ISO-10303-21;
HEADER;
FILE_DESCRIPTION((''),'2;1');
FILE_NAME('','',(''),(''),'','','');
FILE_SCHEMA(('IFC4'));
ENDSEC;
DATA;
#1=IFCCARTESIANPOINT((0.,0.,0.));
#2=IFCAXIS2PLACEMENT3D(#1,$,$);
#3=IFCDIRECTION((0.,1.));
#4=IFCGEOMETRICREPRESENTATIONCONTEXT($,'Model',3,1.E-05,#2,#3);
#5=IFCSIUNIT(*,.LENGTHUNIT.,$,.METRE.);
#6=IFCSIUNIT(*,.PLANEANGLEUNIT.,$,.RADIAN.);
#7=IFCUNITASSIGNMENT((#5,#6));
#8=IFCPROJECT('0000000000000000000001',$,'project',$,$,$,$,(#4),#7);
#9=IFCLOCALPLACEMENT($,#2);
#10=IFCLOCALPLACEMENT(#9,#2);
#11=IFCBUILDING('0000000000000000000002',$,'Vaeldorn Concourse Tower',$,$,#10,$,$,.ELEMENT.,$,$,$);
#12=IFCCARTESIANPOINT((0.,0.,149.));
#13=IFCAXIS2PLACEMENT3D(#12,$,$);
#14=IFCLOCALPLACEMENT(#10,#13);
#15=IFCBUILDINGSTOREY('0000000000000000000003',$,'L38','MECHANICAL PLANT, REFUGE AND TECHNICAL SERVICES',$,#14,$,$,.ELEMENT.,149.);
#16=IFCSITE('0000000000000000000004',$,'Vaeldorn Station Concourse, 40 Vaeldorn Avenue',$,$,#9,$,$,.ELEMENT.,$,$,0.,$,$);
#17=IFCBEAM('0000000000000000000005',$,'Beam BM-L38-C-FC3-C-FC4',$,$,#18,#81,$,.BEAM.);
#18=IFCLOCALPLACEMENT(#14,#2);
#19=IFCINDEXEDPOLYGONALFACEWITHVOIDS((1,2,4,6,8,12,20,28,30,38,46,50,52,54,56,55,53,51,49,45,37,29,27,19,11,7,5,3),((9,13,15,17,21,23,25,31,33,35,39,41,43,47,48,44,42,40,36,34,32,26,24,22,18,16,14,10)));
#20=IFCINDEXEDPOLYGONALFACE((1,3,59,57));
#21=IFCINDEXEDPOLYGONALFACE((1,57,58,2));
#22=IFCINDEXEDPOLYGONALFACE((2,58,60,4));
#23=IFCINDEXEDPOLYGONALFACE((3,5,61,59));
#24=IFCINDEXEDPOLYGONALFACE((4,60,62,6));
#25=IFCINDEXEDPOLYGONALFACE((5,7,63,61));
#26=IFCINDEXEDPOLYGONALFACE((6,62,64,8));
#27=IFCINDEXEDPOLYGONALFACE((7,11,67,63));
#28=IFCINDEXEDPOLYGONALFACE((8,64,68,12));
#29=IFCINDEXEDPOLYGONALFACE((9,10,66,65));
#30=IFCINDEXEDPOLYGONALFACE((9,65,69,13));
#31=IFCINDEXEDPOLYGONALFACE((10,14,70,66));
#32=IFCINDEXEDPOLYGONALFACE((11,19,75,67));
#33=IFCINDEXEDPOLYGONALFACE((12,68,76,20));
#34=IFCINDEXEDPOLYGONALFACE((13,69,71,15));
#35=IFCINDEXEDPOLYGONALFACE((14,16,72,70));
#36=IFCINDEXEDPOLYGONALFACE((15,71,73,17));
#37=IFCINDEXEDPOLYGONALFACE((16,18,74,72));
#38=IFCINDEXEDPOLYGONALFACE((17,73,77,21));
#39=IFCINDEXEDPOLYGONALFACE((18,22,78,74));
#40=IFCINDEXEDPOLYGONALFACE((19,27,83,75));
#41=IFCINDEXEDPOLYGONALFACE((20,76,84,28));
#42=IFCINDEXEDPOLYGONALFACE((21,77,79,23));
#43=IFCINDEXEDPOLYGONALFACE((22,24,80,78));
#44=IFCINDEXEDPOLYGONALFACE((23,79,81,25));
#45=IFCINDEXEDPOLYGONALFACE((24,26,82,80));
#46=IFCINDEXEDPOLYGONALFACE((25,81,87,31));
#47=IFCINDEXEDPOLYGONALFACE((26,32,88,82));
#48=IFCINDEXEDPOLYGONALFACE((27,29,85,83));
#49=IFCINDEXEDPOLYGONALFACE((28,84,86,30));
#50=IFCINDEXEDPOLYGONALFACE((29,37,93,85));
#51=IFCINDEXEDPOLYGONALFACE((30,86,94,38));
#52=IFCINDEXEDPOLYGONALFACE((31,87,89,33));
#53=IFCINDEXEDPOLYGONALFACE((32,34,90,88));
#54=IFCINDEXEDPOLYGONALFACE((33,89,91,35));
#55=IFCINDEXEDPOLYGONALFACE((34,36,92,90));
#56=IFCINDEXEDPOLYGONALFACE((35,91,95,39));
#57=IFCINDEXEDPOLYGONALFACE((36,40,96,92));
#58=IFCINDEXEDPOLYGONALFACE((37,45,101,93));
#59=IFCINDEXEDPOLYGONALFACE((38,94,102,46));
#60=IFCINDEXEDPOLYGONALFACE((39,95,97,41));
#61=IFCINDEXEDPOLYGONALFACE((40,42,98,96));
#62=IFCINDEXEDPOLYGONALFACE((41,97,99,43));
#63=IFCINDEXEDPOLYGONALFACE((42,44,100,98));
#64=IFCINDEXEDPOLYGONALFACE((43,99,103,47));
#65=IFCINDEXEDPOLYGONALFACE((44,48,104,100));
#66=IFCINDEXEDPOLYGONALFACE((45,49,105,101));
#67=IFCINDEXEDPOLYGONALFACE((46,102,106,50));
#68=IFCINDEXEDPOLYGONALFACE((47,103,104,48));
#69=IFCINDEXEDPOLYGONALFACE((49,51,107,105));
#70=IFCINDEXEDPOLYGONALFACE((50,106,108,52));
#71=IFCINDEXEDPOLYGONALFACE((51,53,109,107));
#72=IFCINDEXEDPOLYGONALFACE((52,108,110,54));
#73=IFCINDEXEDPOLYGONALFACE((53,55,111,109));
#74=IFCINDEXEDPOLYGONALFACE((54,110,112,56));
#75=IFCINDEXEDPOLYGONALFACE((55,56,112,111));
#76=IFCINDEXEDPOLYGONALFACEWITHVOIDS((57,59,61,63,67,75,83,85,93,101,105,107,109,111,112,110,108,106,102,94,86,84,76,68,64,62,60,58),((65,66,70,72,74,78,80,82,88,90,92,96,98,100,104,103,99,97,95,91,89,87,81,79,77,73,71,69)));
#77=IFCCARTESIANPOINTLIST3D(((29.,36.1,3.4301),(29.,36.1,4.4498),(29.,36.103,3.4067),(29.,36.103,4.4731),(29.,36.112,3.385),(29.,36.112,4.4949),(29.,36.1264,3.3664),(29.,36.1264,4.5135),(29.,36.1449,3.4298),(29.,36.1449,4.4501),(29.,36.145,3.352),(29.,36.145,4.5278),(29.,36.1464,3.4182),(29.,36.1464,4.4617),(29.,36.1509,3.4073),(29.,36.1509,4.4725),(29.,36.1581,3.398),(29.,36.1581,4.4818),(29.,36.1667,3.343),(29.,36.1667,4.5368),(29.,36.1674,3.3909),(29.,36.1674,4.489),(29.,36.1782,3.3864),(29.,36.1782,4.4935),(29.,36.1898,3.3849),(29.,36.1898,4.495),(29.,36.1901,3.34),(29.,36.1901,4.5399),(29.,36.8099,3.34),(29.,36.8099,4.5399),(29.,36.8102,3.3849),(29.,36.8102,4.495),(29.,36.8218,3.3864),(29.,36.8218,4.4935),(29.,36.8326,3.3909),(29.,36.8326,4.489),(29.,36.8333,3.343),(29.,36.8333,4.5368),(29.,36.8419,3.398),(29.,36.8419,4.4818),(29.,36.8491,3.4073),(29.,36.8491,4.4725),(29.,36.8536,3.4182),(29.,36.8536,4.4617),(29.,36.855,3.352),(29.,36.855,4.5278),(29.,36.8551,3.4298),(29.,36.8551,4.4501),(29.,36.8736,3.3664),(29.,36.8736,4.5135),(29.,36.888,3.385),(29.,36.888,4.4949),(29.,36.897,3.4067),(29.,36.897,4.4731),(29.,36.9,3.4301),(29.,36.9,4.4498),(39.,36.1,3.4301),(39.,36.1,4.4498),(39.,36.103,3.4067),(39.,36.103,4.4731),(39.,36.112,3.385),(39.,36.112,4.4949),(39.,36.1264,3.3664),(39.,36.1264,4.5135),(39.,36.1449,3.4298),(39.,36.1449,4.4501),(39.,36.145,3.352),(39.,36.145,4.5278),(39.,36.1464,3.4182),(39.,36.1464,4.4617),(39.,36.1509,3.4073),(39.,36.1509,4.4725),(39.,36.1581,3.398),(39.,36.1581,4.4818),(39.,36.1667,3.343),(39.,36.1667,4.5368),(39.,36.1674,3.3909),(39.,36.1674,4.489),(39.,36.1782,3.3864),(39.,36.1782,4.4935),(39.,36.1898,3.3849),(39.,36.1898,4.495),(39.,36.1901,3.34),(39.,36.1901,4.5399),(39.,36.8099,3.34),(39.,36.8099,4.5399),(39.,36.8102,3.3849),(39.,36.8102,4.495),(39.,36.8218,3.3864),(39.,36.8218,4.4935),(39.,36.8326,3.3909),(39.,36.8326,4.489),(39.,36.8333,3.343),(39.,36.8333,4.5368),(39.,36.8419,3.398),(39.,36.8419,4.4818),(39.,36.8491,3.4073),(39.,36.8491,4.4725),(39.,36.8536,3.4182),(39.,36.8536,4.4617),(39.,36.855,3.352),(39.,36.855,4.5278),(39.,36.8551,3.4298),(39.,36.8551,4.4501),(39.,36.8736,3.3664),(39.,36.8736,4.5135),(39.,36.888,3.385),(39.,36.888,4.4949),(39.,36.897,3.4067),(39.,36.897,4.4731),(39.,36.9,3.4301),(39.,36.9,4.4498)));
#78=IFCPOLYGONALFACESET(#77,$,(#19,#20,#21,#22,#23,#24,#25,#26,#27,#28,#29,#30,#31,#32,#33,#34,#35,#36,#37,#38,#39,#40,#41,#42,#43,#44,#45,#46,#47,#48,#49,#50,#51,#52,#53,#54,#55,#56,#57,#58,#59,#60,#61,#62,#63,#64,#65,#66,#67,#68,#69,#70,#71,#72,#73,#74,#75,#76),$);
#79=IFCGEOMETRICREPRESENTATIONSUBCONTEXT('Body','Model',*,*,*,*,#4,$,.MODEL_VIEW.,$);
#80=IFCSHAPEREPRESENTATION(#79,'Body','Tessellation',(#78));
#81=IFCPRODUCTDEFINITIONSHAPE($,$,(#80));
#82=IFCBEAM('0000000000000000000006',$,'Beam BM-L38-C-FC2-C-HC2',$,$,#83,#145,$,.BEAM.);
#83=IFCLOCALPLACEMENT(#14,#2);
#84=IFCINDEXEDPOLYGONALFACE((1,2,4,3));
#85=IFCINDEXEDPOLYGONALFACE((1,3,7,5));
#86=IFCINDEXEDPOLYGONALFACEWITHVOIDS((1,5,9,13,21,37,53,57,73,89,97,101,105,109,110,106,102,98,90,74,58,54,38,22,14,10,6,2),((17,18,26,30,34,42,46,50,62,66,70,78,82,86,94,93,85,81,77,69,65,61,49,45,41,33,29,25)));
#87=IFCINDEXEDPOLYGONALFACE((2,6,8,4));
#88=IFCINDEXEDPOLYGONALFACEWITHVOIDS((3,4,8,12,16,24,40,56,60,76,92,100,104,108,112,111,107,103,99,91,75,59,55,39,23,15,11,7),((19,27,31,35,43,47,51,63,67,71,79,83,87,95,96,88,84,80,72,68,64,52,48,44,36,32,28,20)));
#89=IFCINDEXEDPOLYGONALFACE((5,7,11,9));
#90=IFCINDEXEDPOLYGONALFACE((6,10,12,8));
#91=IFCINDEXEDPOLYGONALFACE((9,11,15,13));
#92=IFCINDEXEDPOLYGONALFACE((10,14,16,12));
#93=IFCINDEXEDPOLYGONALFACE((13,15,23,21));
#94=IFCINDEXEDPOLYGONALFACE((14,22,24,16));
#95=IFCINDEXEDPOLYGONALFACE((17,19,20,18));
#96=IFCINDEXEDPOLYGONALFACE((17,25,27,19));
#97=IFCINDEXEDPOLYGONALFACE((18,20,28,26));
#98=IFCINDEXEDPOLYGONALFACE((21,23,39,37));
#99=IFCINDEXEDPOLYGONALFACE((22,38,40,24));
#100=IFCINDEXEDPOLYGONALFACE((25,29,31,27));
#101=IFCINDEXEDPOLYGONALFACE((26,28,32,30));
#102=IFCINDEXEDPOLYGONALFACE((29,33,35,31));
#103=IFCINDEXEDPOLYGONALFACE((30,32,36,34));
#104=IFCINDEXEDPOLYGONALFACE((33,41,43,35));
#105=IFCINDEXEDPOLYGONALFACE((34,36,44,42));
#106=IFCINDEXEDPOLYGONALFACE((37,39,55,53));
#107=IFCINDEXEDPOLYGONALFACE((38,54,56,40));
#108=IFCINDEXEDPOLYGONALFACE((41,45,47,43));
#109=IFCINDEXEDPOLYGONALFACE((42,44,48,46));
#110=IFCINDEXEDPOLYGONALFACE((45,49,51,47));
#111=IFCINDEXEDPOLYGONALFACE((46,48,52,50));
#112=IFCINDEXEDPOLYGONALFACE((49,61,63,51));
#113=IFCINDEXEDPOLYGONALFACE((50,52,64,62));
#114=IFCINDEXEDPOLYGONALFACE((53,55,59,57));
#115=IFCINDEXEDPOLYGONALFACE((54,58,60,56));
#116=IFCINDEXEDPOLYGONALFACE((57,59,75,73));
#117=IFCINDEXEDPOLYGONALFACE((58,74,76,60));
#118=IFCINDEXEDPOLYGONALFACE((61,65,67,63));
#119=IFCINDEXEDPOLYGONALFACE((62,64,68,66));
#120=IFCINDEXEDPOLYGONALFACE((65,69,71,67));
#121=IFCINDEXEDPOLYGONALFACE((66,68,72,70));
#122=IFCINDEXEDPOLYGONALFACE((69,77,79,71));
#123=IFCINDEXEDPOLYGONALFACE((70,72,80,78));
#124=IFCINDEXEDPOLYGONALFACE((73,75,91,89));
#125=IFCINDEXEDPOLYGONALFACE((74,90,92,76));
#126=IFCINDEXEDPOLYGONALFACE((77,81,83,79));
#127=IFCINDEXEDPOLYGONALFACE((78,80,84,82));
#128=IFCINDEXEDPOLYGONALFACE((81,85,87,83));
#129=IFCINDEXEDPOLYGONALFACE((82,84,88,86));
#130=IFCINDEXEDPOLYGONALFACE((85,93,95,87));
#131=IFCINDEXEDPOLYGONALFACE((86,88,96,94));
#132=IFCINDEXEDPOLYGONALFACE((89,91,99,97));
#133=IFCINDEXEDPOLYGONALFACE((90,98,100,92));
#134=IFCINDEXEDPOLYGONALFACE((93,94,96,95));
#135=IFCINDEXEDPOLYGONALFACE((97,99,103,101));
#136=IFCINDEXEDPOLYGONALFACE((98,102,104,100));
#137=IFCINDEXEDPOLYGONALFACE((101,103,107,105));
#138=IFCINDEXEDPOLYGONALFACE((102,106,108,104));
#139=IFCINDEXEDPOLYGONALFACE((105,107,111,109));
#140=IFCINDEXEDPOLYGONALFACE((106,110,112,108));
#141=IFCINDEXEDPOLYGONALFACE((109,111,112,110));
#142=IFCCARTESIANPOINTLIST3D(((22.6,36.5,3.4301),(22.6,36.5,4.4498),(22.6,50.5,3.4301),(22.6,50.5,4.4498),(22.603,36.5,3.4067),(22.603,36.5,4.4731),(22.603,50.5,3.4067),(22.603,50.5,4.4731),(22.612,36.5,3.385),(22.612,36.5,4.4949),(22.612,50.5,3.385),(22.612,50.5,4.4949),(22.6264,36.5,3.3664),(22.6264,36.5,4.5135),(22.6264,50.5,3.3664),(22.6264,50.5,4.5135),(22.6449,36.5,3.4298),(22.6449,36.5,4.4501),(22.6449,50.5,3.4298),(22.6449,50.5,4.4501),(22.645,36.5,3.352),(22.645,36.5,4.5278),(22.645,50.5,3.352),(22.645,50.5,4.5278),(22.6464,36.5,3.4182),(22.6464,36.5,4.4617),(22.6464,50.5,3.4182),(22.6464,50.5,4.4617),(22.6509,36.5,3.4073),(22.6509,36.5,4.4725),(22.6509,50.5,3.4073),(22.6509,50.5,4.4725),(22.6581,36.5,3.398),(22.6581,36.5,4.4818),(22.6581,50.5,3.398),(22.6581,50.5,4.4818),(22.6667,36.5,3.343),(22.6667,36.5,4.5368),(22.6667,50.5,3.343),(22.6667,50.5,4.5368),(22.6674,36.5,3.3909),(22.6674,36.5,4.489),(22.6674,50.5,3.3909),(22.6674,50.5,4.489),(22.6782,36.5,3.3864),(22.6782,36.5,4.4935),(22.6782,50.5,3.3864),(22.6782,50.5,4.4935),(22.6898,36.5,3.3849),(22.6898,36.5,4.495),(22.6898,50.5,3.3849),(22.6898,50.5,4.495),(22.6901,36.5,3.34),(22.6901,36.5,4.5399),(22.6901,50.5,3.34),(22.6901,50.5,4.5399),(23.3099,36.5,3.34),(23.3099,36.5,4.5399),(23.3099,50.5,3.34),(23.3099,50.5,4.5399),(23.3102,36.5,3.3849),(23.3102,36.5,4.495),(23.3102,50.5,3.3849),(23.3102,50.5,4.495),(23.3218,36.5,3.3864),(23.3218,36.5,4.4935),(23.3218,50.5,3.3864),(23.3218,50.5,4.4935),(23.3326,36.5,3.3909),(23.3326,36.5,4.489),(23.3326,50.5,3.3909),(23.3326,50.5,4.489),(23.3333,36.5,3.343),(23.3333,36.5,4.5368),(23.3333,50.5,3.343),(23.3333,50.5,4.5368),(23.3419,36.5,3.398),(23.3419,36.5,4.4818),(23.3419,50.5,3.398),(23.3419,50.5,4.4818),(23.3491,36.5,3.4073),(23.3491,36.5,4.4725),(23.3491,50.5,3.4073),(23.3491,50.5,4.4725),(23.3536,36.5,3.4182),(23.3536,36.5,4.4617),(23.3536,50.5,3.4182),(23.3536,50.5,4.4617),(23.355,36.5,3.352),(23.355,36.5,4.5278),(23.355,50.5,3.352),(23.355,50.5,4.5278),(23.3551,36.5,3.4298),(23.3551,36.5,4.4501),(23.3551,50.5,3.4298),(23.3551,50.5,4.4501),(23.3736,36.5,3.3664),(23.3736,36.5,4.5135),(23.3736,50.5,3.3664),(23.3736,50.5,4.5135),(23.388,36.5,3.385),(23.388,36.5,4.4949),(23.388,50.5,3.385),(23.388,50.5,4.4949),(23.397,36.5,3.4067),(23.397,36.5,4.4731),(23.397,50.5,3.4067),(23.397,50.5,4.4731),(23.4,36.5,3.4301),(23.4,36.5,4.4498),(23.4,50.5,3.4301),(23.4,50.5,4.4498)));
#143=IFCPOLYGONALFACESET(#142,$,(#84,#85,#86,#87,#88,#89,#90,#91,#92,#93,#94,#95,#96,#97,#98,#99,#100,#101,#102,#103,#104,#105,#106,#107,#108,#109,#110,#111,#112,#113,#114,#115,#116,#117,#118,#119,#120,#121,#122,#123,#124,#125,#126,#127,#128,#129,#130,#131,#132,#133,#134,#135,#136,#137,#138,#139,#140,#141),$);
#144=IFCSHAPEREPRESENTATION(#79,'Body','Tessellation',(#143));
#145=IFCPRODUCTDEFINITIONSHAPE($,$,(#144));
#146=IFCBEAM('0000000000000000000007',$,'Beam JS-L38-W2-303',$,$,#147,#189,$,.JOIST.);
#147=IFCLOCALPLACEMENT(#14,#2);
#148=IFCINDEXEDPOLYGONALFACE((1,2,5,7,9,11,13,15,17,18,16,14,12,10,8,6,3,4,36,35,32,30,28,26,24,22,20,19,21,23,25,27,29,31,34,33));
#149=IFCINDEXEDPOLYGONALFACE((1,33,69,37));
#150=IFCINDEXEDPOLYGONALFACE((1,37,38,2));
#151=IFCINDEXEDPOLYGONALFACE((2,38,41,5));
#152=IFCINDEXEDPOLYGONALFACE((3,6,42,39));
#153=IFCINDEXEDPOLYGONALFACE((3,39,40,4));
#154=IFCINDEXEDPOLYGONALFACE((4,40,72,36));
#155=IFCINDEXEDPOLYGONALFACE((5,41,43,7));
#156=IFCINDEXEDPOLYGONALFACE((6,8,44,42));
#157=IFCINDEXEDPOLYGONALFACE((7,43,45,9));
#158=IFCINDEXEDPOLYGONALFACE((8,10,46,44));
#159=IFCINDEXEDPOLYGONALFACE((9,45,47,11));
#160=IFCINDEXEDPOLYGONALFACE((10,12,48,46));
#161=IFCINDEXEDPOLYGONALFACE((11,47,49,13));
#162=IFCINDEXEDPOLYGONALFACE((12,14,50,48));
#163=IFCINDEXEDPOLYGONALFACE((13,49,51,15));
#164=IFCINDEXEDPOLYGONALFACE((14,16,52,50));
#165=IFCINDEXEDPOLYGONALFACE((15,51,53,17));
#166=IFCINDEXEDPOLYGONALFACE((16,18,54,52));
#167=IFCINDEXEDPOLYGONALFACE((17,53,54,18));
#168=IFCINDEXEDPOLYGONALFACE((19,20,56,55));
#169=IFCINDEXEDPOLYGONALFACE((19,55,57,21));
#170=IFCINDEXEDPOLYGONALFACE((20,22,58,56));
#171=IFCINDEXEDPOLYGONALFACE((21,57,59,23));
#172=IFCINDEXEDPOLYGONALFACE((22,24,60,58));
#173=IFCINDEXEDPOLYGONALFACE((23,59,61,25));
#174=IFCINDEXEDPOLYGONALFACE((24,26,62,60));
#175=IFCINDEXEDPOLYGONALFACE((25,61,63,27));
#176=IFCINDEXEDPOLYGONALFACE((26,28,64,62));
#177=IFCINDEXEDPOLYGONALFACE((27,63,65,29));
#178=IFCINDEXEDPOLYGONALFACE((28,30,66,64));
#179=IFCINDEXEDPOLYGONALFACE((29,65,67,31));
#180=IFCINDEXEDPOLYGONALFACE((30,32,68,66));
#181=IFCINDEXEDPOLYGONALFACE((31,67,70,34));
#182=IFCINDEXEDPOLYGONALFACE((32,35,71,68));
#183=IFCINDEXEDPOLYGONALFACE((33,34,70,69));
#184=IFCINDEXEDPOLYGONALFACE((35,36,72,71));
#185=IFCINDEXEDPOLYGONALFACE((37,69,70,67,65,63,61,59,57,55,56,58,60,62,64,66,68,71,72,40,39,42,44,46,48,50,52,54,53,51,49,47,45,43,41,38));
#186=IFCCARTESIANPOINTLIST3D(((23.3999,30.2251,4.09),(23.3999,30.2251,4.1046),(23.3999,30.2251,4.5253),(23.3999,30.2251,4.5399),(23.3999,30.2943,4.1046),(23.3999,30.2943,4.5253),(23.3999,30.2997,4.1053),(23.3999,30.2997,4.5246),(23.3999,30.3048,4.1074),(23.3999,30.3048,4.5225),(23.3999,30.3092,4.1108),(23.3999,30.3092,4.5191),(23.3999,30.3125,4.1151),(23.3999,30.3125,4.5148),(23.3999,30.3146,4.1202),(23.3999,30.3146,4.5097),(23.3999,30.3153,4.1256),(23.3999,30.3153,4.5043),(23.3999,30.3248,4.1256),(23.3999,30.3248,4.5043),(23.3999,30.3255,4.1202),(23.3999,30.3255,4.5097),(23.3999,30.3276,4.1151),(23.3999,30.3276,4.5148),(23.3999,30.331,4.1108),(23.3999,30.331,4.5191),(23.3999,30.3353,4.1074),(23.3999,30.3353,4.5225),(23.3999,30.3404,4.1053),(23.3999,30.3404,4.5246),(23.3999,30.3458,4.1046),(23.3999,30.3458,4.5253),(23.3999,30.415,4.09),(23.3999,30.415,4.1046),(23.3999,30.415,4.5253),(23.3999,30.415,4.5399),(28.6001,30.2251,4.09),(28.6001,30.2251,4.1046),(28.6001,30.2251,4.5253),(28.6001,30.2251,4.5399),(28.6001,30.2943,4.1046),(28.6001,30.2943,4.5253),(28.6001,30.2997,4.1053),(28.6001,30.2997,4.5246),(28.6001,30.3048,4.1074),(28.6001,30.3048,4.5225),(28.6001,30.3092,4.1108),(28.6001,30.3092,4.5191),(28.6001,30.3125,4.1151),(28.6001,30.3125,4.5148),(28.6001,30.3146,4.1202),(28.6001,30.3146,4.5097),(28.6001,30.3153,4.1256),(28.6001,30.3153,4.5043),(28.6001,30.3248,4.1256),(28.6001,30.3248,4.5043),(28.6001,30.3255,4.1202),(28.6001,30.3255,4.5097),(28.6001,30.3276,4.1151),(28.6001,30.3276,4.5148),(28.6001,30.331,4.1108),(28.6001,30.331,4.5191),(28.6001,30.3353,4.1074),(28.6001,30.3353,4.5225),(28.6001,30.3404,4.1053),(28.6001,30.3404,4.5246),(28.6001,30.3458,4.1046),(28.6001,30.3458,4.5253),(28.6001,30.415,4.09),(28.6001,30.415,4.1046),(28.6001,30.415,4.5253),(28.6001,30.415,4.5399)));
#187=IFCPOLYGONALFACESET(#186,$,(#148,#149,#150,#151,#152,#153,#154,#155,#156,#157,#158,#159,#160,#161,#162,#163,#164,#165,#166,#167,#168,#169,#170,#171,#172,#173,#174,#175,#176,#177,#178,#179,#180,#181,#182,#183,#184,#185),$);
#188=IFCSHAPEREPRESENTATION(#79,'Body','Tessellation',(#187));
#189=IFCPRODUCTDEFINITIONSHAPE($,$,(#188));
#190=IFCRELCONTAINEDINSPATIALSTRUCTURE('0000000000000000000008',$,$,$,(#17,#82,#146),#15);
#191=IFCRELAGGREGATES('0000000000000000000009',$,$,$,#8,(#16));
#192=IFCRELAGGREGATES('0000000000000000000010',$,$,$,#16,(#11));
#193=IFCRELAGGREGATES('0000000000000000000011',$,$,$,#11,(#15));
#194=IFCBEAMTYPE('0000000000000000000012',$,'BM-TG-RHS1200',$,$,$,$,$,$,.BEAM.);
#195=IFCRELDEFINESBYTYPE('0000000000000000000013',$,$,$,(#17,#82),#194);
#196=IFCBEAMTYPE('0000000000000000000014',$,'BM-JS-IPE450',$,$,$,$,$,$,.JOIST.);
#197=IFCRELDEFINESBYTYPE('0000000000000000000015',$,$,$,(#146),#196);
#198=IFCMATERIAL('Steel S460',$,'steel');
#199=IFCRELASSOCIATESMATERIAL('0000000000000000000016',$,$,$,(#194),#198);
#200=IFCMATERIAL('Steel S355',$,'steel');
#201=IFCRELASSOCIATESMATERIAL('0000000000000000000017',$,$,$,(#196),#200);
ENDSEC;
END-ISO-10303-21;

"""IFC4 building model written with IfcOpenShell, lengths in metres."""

from ifc_helpers import new_model, si_unit, direction, frame, origin, origin_2d, place, context, subcontext, project, spatial, hollow_rectangle, i_section, extrude, source, transform, mapped, material, material_profile, profile_set, type_object, element, save


model = new_model("IFC4")

# Units and contexts
model_context = context("Model", 3, precision=1e-05, world=origin(), true_north=direction((0.0, 1.0)))
body_context = subcontext(model_context, "Body", "Model", "MODEL_VIEW")
ifc_project = project(units=[si_unit("LENGTHUNIT", "METRE"), si_unit("PLANEANGLEUNIT", "RADIAN")], contexts=[model_context])

# Site, building, storey
site_placement = place(None, origin())
site = spatial("IfcSite", under=ifc_project, at=site_placement, Name="Vaeldorn Station Concourse, 40 Vaeldorn Avenue", CompositionType="ELEMENT", RefElevation=0.0)
building_placement = place(site_placement, origin())
building = spatial("IfcBuilding", under=site, at=building_placement, Name="Vaeldorn Concourse Tower", CompositionType="ELEMENT")
storey_placement = place(building_placement, frame((0.0, 0.0, 149.0)))
storey = spatial("IfcBuildingStorey", under=building, at=storey_placement, Name="L38", Description="MECHANICAL PLANT, REFUGE AND TECHNICAL SERVICES", CompositionType="ELEMENT", Elevation=149.0)

# Shared definitions
ifc_material_1 = material(Name="Steel S460", Category="steel")

# Beams
ifc_material_profile_1 = material_profile(ifc_material_1, hollow_rectangle(XDim=0.8, YDim=1.2, WallThickness=0.0449, InnerFilletRadius=0.0449, OuterFilletRadius=0.0901, at=origin_2d()), Name="RHS 1200x800x45")
ifc_profile_set_1 = profile_set([ifc_material_profile_1], Name="Steel S460")
beam_type_1 = type_object("IfcBeamType", Name="BM-TG-RHS1200", PredefinedType="BEAM", material=ifc_profile_set_1)
shared_shape_1 = source(origin(), body_context, "Body", "SweptSolid", [
    extrude(hollow_rectangle(XDim=0.8, YDim=1.2, WallThickness=0.0449, InnerFilletRadius=0.0449, OuterFilletRadius=0.0901, at=origin_2d()), origin(), (0.0, 0.0, 1.0), 10.0),
])
beam_1_placement = place(storey_placement, frame((29.0, 36.5, 3.9399), z_axis=(1.0, 0.0, 0.0), x_axis=(0.0, 1.0, 0.0)))
element("IfcBeam", 1, at=beam_1_placement, inside=storey, type_object=beam_type_1, Name="Beam BM-L38-C-FC3-C-FC4", PredefinedType="BEAM", context=body_context, shape_type="MappedRepresentation", body=[
    mapped(shared_shape_1, transform((0.0, 0.0, 0.0), scale=1.0)),
])
shared_shape_2 = source(origin(), body_context, "Body", "SweptSolid", [
    extrude(hollow_rectangle(XDim=0.8, YDim=1.2, WallThickness=0.0449, InnerFilletRadius=0.0449, OuterFilletRadius=0.0901, at=origin_2d()), origin(), (0.0, 0.0, 1.0), 14.0),
])
beam_2_placement = place(storey_placement, frame((23.0, 36.5, 3.9399), z_axis=(0.0, 1.0, 0.0), x_axis=(-1.0, 0.0, 0.0)))
element("IfcBeam", 2, at=beam_2_placement, inside=storey, type_object=beam_type_1, Name="Beam BM-L38-C-FC2-C-HC2", PredefinedType="BEAM", context=body_context, shape_type="MappedRepresentation", body=[
    mapped(shared_shape_2, transform((0.0, 0.0, 0.0), scale=1.0)),
])
ifc_material_2 = material(Name="Steel S355", Category="steel")
ifc_material_profile_2 = material_profile(ifc_material_2, i_section(OverallWidth=0.1899, OverallDepth=0.45, WebThickness=0.0095, FlangeThickness=0.0146, FilletRadius=0.021, at=origin_2d()), Name="IPE 450")
ifc_profile_set_2 = profile_set([ifc_material_profile_2], Name="Steel S355")
beam_type_2 = type_object("IfcBeamType", Name="BM-JS-IPE450", PredefinedType="JOIST", material=ifc_profile_set_2)
shared_shape_3 = source(origin(), body_context, "Body", "SweptSolid", [
    extrude(i_section(OverallWidth=0.1899, OverallDepth=0.45, WebThickness=0.0095, FlangeThickness=0.0146, FilletRadius=0.021, at=origin_2d()), origin(), (0.0, 0.0, 1.0), 5.2002),
])
for number, where, z_axis, x_axis, name in (
    (3, (23.3999, 30.3201, 4.3149), (1.0, 0.0, 0.0), (0.0, 1.0, 0.0), "Beam JS-L38-W2-303"),
):
    element("IfcBeam", number, at=place(storey_placement, frame(where, z_axis=z_axis, x_axis=x_axis)), inside=storey, type_object=beam_type_2, Name=name, PredefinedType="JOIST", context=body_context, shape_type="MappedRepresentation", body=[
        mapped(shared_shape_3, transform((0.0, 0.0, 0.0), scale=1.0)),
    ])

save(model, "model.ifc")
